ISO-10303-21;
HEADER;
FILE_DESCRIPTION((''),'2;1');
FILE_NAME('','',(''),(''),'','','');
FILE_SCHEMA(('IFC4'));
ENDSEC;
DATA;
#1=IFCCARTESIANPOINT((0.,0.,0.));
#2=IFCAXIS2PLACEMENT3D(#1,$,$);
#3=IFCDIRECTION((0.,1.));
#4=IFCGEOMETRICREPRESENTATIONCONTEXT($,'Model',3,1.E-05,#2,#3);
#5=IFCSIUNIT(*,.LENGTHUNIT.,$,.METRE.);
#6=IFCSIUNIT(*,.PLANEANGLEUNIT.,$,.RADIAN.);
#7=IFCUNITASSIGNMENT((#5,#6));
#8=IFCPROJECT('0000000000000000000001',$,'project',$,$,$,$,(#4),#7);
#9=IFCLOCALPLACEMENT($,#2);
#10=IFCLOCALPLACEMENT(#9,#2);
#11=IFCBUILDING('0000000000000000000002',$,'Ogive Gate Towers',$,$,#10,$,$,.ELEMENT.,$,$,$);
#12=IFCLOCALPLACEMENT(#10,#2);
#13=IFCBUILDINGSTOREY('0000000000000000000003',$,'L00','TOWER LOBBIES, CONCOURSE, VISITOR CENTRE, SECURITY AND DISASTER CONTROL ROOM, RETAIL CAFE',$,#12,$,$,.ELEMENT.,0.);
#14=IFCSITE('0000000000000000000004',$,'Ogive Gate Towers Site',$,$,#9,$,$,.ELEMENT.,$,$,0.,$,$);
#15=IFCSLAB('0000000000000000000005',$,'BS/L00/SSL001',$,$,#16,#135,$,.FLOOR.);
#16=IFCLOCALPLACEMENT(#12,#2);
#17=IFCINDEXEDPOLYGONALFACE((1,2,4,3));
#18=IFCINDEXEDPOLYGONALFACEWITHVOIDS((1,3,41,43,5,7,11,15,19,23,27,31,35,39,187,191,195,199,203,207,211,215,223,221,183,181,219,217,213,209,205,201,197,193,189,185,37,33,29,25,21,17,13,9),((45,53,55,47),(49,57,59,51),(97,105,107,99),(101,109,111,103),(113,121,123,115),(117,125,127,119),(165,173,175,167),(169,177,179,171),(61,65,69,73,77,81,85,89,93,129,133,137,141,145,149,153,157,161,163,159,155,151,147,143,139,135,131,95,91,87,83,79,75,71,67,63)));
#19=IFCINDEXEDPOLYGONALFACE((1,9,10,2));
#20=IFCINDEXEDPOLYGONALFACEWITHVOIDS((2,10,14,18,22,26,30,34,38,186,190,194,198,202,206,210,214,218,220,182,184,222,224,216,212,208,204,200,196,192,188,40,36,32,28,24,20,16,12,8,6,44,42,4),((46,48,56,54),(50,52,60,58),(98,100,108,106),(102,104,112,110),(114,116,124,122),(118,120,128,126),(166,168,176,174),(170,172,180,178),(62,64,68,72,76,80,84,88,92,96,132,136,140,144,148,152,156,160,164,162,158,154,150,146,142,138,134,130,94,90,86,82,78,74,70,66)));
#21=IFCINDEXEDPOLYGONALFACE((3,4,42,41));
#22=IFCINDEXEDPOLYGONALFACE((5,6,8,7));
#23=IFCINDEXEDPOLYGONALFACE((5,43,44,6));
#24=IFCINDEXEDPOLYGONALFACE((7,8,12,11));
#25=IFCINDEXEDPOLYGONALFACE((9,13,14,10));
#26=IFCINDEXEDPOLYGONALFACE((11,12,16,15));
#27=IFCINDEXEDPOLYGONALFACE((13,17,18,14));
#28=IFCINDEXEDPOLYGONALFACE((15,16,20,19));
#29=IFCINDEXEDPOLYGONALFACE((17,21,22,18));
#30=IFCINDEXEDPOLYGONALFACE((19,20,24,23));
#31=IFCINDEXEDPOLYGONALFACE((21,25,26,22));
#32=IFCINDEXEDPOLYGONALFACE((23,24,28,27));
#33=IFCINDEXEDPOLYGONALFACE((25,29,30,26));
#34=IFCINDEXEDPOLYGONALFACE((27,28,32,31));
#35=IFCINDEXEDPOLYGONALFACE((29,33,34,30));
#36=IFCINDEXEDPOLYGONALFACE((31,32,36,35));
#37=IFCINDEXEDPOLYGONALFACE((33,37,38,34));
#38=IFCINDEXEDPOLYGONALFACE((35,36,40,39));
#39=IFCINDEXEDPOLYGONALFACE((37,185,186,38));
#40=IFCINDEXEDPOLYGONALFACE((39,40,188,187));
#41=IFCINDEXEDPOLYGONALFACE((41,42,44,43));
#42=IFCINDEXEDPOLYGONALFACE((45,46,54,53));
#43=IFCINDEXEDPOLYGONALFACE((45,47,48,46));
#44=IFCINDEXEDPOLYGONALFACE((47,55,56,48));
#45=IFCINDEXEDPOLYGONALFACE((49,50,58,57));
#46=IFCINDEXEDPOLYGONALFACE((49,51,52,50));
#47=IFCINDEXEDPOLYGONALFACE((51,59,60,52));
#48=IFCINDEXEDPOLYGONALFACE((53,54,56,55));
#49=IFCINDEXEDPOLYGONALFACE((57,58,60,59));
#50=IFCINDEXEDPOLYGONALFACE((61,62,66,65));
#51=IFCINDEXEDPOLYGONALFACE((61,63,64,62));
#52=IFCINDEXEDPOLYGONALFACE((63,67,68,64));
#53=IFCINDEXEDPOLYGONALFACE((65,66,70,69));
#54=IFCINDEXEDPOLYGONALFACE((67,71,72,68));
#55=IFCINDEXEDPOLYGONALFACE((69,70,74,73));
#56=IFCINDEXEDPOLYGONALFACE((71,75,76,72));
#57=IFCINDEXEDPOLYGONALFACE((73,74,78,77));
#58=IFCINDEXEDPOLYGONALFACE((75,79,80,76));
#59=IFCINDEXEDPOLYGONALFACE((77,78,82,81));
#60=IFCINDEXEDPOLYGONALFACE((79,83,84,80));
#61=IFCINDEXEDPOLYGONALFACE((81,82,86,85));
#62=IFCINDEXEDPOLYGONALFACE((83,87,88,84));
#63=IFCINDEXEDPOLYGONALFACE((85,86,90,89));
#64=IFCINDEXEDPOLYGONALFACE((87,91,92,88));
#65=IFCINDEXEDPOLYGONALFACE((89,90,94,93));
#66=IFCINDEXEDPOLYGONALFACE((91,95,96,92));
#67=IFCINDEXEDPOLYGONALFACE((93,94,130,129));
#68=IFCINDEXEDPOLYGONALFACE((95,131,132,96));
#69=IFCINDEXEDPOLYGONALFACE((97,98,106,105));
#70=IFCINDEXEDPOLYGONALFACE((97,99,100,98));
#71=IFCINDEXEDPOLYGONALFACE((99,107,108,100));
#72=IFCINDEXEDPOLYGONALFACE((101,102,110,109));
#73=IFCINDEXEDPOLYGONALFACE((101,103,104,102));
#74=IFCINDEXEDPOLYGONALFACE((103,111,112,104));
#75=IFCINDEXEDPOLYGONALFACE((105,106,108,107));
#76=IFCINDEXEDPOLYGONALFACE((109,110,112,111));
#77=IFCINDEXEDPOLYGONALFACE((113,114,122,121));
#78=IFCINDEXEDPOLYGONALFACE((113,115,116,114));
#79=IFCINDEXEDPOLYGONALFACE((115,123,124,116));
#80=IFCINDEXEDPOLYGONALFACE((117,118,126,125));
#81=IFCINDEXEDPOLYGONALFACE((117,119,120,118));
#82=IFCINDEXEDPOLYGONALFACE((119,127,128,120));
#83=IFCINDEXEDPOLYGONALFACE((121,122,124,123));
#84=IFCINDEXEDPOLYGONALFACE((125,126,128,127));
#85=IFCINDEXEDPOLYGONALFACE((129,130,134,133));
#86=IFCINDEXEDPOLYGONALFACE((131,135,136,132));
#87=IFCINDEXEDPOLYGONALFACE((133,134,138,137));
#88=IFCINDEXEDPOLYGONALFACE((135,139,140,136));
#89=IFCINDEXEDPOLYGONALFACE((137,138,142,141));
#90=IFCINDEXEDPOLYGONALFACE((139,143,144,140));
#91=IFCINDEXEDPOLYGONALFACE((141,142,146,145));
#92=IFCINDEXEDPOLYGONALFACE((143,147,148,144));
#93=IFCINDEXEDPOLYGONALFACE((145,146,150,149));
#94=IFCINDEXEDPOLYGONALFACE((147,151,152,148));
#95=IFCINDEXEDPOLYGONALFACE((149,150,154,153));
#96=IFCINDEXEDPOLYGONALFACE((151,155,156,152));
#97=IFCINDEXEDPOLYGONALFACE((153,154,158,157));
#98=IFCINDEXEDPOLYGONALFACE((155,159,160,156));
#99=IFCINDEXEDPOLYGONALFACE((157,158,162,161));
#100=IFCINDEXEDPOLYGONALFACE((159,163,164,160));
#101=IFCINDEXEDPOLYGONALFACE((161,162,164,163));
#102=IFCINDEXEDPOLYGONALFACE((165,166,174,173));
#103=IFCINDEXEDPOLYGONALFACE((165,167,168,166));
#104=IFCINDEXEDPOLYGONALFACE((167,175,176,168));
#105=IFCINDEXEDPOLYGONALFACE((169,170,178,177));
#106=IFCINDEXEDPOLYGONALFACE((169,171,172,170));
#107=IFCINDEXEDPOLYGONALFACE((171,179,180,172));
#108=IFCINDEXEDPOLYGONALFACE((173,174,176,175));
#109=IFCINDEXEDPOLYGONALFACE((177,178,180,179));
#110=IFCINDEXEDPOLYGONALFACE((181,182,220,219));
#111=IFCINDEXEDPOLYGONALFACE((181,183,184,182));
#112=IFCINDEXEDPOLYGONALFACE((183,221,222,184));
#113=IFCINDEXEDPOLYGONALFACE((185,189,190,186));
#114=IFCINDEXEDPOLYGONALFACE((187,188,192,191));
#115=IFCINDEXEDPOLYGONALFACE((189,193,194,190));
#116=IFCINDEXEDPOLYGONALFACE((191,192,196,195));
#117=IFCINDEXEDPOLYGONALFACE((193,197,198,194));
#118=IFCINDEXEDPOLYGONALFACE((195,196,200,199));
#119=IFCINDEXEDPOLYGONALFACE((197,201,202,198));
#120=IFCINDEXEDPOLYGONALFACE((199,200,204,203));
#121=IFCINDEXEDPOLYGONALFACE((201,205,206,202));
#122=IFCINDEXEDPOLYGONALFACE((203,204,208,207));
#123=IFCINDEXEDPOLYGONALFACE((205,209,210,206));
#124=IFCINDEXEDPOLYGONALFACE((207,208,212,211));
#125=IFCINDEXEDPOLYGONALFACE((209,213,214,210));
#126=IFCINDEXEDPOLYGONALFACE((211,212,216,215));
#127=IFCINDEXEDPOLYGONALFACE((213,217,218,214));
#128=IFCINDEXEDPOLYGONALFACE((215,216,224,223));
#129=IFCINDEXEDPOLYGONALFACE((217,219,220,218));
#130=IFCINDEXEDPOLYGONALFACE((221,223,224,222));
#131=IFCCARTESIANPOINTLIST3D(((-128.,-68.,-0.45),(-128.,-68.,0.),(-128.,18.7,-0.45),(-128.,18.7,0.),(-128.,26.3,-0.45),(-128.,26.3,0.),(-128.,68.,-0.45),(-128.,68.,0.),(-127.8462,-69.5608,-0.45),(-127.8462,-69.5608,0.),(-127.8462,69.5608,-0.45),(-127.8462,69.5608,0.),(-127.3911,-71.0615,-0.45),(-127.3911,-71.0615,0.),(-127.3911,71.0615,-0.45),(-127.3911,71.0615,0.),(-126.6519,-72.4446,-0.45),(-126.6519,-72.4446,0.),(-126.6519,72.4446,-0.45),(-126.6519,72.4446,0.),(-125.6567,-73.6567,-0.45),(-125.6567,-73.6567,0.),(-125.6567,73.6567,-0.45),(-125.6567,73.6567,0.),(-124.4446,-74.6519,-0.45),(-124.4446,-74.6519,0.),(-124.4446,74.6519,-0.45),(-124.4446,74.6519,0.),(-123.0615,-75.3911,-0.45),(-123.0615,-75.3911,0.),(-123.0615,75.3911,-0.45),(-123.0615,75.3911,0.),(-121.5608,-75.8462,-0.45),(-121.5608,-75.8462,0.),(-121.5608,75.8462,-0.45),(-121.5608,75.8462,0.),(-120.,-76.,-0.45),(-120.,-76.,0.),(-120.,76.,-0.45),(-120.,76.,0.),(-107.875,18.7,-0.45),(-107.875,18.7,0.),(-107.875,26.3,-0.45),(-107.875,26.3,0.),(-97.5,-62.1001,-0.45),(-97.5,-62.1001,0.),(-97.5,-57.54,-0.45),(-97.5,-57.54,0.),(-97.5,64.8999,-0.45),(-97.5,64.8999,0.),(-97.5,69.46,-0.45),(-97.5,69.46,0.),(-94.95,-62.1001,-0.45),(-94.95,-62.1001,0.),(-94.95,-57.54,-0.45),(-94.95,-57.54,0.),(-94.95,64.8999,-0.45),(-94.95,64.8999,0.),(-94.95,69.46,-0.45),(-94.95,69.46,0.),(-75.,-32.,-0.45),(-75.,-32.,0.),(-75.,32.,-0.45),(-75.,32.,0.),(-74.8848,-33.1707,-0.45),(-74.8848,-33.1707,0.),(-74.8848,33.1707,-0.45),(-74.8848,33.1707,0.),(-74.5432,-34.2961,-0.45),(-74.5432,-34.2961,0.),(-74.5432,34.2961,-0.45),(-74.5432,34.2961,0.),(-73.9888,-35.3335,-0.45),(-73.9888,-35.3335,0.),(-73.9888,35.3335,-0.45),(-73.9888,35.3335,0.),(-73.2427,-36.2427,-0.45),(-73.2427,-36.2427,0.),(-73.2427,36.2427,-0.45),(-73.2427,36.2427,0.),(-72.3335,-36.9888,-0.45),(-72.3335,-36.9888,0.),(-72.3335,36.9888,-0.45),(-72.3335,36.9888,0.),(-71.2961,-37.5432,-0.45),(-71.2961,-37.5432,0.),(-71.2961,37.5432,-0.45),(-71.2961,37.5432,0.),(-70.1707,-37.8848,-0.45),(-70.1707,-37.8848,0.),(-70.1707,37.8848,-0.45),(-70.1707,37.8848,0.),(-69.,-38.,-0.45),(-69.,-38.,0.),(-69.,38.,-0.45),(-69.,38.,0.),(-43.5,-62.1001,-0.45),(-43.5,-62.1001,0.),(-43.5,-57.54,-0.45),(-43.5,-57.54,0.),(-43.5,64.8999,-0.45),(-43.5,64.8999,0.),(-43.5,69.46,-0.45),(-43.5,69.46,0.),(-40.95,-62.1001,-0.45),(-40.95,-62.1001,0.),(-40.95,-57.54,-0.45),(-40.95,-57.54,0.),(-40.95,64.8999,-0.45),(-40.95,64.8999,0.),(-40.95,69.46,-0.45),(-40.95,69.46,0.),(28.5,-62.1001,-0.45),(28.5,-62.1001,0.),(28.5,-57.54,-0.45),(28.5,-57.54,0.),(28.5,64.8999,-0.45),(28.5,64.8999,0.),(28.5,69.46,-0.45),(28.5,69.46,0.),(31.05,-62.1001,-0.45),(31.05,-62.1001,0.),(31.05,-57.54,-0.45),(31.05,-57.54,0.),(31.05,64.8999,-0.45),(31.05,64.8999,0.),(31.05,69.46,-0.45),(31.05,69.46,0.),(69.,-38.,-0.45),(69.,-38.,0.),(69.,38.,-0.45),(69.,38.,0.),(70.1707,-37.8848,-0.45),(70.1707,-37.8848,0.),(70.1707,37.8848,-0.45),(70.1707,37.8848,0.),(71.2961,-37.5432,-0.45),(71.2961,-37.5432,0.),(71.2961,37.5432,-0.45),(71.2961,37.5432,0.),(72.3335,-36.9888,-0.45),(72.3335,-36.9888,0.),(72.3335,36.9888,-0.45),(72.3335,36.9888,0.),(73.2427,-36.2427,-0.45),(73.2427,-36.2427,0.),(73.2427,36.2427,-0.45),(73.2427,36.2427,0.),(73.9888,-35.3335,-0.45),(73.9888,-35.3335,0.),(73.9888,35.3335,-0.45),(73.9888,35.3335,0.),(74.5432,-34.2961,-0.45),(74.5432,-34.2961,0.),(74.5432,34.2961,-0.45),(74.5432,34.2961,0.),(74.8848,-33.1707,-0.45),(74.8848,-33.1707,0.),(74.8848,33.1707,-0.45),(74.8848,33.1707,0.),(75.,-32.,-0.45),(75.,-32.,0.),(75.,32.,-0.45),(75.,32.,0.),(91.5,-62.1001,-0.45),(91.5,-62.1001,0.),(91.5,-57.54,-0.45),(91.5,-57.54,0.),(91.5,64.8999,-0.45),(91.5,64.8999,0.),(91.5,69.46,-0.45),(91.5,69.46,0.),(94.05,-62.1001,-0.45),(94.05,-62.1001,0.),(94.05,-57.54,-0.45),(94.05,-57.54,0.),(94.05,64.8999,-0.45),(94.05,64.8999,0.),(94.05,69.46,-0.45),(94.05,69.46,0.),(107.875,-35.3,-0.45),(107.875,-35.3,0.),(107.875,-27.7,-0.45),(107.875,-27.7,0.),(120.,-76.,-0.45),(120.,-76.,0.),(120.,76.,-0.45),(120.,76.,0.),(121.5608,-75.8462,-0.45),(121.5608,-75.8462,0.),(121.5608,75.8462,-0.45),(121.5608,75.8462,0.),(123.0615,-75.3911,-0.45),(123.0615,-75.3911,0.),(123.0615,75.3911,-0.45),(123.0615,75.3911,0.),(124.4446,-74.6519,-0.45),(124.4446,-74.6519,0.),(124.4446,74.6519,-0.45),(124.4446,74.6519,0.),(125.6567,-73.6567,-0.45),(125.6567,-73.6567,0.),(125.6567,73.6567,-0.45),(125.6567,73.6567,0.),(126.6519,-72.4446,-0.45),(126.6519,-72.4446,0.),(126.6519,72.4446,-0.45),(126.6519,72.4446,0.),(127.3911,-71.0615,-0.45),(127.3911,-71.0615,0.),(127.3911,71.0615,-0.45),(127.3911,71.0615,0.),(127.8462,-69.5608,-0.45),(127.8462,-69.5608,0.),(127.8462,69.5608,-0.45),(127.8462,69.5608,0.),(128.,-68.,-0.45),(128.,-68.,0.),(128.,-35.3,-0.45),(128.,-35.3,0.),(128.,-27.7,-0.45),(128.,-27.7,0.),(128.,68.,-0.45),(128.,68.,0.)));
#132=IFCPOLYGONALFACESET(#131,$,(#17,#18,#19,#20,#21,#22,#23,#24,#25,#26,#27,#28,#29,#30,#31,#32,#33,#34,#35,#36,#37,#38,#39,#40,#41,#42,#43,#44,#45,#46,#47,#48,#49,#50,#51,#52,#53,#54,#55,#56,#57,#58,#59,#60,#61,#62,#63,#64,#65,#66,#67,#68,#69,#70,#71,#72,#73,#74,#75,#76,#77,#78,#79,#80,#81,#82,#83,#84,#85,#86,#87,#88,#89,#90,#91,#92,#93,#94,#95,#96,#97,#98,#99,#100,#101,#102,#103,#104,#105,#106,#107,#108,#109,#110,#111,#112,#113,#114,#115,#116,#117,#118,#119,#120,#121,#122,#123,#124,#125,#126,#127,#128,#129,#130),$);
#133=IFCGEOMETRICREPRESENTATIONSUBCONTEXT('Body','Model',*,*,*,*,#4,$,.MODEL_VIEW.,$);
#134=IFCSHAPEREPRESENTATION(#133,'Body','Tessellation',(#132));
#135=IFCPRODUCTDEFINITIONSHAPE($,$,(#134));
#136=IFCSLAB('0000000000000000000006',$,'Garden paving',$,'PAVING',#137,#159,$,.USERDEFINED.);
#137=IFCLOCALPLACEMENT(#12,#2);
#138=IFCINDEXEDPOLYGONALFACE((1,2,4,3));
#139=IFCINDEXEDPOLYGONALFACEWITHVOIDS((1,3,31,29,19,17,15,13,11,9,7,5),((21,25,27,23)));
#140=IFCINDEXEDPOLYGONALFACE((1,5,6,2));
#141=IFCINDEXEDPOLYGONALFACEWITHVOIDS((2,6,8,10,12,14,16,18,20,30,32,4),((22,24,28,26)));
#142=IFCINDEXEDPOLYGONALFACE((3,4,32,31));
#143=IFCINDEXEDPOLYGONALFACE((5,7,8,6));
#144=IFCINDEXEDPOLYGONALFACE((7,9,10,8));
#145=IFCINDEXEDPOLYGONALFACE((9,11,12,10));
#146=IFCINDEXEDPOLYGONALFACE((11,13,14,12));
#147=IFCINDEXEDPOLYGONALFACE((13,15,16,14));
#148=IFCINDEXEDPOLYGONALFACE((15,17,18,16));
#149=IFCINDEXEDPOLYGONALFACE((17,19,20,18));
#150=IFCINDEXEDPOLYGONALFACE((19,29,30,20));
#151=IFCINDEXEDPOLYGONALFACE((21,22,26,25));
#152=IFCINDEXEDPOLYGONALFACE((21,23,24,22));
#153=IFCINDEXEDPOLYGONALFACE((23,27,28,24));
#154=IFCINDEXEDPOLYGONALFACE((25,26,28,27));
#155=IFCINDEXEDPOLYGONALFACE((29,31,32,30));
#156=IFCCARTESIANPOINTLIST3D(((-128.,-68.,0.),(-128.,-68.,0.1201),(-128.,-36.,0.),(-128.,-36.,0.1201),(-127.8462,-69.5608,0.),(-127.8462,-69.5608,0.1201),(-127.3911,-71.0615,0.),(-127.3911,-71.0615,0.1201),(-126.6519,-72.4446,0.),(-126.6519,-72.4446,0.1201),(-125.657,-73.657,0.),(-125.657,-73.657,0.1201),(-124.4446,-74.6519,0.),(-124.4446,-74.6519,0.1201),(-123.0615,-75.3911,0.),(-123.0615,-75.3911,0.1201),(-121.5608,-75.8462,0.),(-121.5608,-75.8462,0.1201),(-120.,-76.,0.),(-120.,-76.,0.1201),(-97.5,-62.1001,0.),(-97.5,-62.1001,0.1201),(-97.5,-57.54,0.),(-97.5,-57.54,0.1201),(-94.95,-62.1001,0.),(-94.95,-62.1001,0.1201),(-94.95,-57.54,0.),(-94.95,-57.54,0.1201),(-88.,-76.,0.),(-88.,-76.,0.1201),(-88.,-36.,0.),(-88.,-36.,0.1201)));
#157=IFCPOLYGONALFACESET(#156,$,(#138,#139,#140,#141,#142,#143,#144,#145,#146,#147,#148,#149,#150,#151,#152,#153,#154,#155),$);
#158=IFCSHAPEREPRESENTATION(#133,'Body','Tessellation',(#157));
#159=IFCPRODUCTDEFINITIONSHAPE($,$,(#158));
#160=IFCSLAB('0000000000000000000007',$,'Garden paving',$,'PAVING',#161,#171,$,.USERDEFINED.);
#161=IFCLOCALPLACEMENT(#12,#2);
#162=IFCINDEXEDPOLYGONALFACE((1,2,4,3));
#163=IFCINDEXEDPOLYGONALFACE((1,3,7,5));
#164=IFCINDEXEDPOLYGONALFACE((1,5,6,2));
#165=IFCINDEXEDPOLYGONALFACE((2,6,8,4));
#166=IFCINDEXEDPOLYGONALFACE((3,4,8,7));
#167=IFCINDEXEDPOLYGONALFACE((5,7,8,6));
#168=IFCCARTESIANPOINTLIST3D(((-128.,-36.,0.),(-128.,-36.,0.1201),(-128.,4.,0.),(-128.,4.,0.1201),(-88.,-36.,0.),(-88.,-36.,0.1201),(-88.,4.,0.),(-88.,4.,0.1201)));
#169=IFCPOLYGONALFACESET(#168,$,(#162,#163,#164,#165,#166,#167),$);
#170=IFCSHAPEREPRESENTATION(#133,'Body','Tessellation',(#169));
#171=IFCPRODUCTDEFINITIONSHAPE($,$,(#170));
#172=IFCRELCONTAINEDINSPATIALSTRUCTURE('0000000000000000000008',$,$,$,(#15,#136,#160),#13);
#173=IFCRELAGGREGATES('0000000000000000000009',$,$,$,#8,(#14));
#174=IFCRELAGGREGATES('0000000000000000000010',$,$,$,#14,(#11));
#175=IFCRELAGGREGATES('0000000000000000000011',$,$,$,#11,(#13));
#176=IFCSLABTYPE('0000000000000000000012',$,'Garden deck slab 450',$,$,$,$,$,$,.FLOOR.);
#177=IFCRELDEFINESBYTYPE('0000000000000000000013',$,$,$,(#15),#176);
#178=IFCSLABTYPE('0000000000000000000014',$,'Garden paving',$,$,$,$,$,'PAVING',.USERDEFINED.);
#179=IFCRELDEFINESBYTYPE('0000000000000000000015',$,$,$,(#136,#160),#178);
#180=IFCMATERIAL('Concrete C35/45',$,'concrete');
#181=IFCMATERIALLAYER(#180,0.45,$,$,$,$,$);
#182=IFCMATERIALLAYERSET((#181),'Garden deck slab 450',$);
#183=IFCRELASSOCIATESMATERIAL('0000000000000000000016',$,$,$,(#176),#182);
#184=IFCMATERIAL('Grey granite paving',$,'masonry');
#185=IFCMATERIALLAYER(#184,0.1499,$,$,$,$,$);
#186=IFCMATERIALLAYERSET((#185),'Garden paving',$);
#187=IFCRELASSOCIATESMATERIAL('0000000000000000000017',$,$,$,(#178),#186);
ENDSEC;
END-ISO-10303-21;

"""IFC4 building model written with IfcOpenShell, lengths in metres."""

from ifc_helpers import new_model, si_unit, direction, frame, origin, place, context, subcontext, project, spatial, polyline, outline, extrude, material, layer, layer_set, type_object, element, save


model = new_model("IFC4")

# Units and contexts
model_context = context("Model", 3, precision=1e-05, world=origin(), true_north=direction((0.0, 1.0)))
body_context = subcontext(model_context, "Body", "Model", "MODEL_VIEW")
ifc_project = project(units=[si_unit("LENGTHUNIT", "METRE"), si_unit("PLANEANGLEUNIT", "RADIAN")], contexts=[model_context])

# Site, building, storey
site_placement = place(None, origin())
site = spatial("IfcSite", under=ifc_project, at=site_placement, Name="Ogive Gate Towers Site", CompositionType="ELEMENT", RefElevation=0.0)
building_placement = place(site_placement, origin())
building = spatial("IfcBuilding", under=site, at=building_placement, Name="Ogive Gate Towers", CompositionType="ELEMENT")
storey_placement = place(building_placement, origin())
storey = spatial("IfcBuildingStorey", under=building, at=storey_placement, Name="L00", Description="TOWER LOBBIES, CONCOURSE, VISITOR CENTRE, SECURITY AND DISASTER CONTROL ROOM, RETAIL CAFE", CompositionType="ELEMENT", Elevation=0.0)

# Slabs
ifc_material_1 = material(Name="Concrete C35/45", Category="concrete")
ifc_layer_1 = layer(ifc_material_1, 0.45)
ifc_layer_set_1 = layer_set([ifc_layer_1], Name="Garden deck slab 450")
slab_type_1 = type_object("IfcSlabType", Name="Garden deck slab 450", PredefinedType="FLOOR", material=ifc_layer_set_1)
slab_1_placement = place(storey_placement, frame((0.0, 0.0, -0.45)))
element("IfcSlab", 1, at=slab_1_placement, inside=storey, type_object=slab_type_1, Name="BS/L00/SSL001", PredefinedType="FLOOR", context=body_context, shape_type="SweptSolid", body=[
    extrude(outline(polyline([(-107.875, 18.7), (-128.0, 18.7), (-128.0, -68.0), (-127.8462, -69.5608), (-127.3911, -71.0615), (-126.6519, -72.4446), (-125.6567, -73.6567), (-124.4446, -74.6519), (-123.0615, -75.3911), (-121.5608, -75.8462), (-120.0, -76.0), (120.0, -76.0), (121.5608, -75.8462), (123.0615, -75.3911), (124.4446, -74.6519), (125.6567, -73.6567), (126.6519, -72.4446), (127.3911, -71.0615), (127.8462, -69.5608), (128.0, -68.0), (128.0, -35.3), (107.875, -35.3), (107.875, -27.7), (128.0, -27.7), (128.0, 68.0), (127.8462, 69.5608), (127.3911, 71.0615), (126.6519, 72.4446), (125.6567, 73.6567), (124.4446, 74.6519), (123.0615, 75.3911), (121.5608, 75.8462), (120.0, 76.0), (-120.0, 76.0), (-121.5608, 75.8462), (-123.0615, 75.3911), (-124.4446, 74.6519), (-125.6567, 73.6567), (-126.6519, 72.4446), (-127.3911, 71.0615), (-127.8462, 69.5608), (-128.0, 68.0), (-128.0, 26.3), (-107.875, 26.3), (-107.875, 18.7)]), holes=[polyline([(74.5432, 34.2961), (74.8848, 33.1707), (75.0, 32.0), (75.0, -32.0), (74.8848, -33.1707), (74.5432, -34.2961), (73.9888, -35.3335), (73.2427, -36.2427), (72.3335, -36.9888), (71.2961, -37.5432), (70.1707, -37.8848), (69.0, -38.0), (-69.0, -38.0), (-70.1707, -37.8848), (-71.2961, -37.5432), (-72.3335, -36.9888), (-73.2427, -36.2427), (-73.9888, -35.3335), (-74.5432, -34.2961), (-74.8848, -33.1707), (-75.0, -32.0), (-75.0, 32.0), (-74.8848, 33.1707), (-74.5432, 34.2961), (-73.9888, 35.3335), (-73.2427, 36.2427), (-72.3335, 36.9888), (-71.2961, 37.5432), (-70.1707, 37.8848), (-69.0, 38.0), (69.0, 38.0), (70.1707, 37.8848), (71.2961, 37.5432), (72.3335, 36.9888), (73.2427, 36.2427), (73.9888, 35.3335), (74.5432, 34.2961)]), polyline([(-94.95, 64.8999), (-97.5, 64.8999), (-97.5, 69.46), (-94.95, 69.46), (-94.95, 64.8999)]), polyline([(-43.5, 64.8999), (-43.5, 69.46), (-40.95, 69.46), (-40.95, 64.8999), (-43.5, 64.8999)]), polyline([(28.5, 69.46), (31.05, 69.46), (31.05, 64.8999), (28.5, 64.8999), (28.5, 69.46)]), polyline([(94.05, 69.46), (94.05, 64.8999), (91.5, 64.8999), (91.5, 69.46), (94.05, 69.46)]), polyline([(-94.95, -62.1001), (-97.5, -62.1001), (-97.5, -57.54), (-94.95, -57.54), (-94.95, -62.1001)]), polyline([(-43.5, -62.1001), (-43.5, -57.54), (-40.95, -57.54), (-40.95, -62.1001), (-43.5, -62.1001)]), polyline([(28.5, -57.54), (31.05, -57.54), (31.05, -62.1001), (28.5, -62.1001), (28.5, -57.54)]), polyline([(94.05, -57.54), (94.05, -62.1001), (91.5, -62.1001), (91.5, -57.54), (94.05, -57.54)])]), origin(), (0.0, 0.0, 1.0), 0.45),
])
ifc_material_2 = material(Name="Grey granite paving", Category="masonry")
ifc_layer_2 = layer(ifc_material_2, 0.1499)
ifc_layer_set_2 = layer_set([ifc_layer_2], Name="Garden paving")
slab_type_2 = type_object("IfcSlabType", Name="Garden paving", ElementType="PAVING", PredefinedType="USERDEFINED", material=ifc_layer_set_2)
slab_2_placement = place(storey_placement, origin())
element("IfcSlab", 2, at=slab_2_placement, inside=storey, type_object=slab_type_2, Name="Garden paving", ObjectType="PAVING", PredefinedType="USERDEFINED", context=body_context, shape_type="SweptSolid", body=[
    extrude(outline(polyline([(-120.0, -76.0), (-121.5608, -75.8462), (-123.0615, -75.3911), (-124.4446, -74.6519), (-125.657, -73.657), (-126.6519, -72.4446), (-127.3911, -71.0615), (-127.8462, -69.5608), (-128.0, -68.0), (-128.0, -36.0), (-88.0, -36.0), (-88.0, -76.0), (-120.0, -76.0)]), holes=[polyline([(-94.95, -57.54), (-97.5, -57.54), (-97.5, -62.1001), (-94.95, -62.1001), (-94.95, -57.54)])]), origin(), (0.0, 0.0, 1.0), 0.1201),
])
slab_3_placement = place(storey_placement, origin())
element("IfcSlab", 3, at=slab_3_placement, inside=storey, type_object=slab_type_2, Name="Garden paving", ObjectType="PAVING", PredefinedType="USERDEFINED", context=body_context, shape_type="SweptSolid", body=[
    extrude(outline(polyline([(-128.0, 4.0), (-88.0, 4.0), (-88.0, -36.0), (-128.0, -36.0), (-128.0, 4.0)])), origin(), (0.0, 0.0, 1.0), 0.1201),
])

save(model, "model.ifc")
